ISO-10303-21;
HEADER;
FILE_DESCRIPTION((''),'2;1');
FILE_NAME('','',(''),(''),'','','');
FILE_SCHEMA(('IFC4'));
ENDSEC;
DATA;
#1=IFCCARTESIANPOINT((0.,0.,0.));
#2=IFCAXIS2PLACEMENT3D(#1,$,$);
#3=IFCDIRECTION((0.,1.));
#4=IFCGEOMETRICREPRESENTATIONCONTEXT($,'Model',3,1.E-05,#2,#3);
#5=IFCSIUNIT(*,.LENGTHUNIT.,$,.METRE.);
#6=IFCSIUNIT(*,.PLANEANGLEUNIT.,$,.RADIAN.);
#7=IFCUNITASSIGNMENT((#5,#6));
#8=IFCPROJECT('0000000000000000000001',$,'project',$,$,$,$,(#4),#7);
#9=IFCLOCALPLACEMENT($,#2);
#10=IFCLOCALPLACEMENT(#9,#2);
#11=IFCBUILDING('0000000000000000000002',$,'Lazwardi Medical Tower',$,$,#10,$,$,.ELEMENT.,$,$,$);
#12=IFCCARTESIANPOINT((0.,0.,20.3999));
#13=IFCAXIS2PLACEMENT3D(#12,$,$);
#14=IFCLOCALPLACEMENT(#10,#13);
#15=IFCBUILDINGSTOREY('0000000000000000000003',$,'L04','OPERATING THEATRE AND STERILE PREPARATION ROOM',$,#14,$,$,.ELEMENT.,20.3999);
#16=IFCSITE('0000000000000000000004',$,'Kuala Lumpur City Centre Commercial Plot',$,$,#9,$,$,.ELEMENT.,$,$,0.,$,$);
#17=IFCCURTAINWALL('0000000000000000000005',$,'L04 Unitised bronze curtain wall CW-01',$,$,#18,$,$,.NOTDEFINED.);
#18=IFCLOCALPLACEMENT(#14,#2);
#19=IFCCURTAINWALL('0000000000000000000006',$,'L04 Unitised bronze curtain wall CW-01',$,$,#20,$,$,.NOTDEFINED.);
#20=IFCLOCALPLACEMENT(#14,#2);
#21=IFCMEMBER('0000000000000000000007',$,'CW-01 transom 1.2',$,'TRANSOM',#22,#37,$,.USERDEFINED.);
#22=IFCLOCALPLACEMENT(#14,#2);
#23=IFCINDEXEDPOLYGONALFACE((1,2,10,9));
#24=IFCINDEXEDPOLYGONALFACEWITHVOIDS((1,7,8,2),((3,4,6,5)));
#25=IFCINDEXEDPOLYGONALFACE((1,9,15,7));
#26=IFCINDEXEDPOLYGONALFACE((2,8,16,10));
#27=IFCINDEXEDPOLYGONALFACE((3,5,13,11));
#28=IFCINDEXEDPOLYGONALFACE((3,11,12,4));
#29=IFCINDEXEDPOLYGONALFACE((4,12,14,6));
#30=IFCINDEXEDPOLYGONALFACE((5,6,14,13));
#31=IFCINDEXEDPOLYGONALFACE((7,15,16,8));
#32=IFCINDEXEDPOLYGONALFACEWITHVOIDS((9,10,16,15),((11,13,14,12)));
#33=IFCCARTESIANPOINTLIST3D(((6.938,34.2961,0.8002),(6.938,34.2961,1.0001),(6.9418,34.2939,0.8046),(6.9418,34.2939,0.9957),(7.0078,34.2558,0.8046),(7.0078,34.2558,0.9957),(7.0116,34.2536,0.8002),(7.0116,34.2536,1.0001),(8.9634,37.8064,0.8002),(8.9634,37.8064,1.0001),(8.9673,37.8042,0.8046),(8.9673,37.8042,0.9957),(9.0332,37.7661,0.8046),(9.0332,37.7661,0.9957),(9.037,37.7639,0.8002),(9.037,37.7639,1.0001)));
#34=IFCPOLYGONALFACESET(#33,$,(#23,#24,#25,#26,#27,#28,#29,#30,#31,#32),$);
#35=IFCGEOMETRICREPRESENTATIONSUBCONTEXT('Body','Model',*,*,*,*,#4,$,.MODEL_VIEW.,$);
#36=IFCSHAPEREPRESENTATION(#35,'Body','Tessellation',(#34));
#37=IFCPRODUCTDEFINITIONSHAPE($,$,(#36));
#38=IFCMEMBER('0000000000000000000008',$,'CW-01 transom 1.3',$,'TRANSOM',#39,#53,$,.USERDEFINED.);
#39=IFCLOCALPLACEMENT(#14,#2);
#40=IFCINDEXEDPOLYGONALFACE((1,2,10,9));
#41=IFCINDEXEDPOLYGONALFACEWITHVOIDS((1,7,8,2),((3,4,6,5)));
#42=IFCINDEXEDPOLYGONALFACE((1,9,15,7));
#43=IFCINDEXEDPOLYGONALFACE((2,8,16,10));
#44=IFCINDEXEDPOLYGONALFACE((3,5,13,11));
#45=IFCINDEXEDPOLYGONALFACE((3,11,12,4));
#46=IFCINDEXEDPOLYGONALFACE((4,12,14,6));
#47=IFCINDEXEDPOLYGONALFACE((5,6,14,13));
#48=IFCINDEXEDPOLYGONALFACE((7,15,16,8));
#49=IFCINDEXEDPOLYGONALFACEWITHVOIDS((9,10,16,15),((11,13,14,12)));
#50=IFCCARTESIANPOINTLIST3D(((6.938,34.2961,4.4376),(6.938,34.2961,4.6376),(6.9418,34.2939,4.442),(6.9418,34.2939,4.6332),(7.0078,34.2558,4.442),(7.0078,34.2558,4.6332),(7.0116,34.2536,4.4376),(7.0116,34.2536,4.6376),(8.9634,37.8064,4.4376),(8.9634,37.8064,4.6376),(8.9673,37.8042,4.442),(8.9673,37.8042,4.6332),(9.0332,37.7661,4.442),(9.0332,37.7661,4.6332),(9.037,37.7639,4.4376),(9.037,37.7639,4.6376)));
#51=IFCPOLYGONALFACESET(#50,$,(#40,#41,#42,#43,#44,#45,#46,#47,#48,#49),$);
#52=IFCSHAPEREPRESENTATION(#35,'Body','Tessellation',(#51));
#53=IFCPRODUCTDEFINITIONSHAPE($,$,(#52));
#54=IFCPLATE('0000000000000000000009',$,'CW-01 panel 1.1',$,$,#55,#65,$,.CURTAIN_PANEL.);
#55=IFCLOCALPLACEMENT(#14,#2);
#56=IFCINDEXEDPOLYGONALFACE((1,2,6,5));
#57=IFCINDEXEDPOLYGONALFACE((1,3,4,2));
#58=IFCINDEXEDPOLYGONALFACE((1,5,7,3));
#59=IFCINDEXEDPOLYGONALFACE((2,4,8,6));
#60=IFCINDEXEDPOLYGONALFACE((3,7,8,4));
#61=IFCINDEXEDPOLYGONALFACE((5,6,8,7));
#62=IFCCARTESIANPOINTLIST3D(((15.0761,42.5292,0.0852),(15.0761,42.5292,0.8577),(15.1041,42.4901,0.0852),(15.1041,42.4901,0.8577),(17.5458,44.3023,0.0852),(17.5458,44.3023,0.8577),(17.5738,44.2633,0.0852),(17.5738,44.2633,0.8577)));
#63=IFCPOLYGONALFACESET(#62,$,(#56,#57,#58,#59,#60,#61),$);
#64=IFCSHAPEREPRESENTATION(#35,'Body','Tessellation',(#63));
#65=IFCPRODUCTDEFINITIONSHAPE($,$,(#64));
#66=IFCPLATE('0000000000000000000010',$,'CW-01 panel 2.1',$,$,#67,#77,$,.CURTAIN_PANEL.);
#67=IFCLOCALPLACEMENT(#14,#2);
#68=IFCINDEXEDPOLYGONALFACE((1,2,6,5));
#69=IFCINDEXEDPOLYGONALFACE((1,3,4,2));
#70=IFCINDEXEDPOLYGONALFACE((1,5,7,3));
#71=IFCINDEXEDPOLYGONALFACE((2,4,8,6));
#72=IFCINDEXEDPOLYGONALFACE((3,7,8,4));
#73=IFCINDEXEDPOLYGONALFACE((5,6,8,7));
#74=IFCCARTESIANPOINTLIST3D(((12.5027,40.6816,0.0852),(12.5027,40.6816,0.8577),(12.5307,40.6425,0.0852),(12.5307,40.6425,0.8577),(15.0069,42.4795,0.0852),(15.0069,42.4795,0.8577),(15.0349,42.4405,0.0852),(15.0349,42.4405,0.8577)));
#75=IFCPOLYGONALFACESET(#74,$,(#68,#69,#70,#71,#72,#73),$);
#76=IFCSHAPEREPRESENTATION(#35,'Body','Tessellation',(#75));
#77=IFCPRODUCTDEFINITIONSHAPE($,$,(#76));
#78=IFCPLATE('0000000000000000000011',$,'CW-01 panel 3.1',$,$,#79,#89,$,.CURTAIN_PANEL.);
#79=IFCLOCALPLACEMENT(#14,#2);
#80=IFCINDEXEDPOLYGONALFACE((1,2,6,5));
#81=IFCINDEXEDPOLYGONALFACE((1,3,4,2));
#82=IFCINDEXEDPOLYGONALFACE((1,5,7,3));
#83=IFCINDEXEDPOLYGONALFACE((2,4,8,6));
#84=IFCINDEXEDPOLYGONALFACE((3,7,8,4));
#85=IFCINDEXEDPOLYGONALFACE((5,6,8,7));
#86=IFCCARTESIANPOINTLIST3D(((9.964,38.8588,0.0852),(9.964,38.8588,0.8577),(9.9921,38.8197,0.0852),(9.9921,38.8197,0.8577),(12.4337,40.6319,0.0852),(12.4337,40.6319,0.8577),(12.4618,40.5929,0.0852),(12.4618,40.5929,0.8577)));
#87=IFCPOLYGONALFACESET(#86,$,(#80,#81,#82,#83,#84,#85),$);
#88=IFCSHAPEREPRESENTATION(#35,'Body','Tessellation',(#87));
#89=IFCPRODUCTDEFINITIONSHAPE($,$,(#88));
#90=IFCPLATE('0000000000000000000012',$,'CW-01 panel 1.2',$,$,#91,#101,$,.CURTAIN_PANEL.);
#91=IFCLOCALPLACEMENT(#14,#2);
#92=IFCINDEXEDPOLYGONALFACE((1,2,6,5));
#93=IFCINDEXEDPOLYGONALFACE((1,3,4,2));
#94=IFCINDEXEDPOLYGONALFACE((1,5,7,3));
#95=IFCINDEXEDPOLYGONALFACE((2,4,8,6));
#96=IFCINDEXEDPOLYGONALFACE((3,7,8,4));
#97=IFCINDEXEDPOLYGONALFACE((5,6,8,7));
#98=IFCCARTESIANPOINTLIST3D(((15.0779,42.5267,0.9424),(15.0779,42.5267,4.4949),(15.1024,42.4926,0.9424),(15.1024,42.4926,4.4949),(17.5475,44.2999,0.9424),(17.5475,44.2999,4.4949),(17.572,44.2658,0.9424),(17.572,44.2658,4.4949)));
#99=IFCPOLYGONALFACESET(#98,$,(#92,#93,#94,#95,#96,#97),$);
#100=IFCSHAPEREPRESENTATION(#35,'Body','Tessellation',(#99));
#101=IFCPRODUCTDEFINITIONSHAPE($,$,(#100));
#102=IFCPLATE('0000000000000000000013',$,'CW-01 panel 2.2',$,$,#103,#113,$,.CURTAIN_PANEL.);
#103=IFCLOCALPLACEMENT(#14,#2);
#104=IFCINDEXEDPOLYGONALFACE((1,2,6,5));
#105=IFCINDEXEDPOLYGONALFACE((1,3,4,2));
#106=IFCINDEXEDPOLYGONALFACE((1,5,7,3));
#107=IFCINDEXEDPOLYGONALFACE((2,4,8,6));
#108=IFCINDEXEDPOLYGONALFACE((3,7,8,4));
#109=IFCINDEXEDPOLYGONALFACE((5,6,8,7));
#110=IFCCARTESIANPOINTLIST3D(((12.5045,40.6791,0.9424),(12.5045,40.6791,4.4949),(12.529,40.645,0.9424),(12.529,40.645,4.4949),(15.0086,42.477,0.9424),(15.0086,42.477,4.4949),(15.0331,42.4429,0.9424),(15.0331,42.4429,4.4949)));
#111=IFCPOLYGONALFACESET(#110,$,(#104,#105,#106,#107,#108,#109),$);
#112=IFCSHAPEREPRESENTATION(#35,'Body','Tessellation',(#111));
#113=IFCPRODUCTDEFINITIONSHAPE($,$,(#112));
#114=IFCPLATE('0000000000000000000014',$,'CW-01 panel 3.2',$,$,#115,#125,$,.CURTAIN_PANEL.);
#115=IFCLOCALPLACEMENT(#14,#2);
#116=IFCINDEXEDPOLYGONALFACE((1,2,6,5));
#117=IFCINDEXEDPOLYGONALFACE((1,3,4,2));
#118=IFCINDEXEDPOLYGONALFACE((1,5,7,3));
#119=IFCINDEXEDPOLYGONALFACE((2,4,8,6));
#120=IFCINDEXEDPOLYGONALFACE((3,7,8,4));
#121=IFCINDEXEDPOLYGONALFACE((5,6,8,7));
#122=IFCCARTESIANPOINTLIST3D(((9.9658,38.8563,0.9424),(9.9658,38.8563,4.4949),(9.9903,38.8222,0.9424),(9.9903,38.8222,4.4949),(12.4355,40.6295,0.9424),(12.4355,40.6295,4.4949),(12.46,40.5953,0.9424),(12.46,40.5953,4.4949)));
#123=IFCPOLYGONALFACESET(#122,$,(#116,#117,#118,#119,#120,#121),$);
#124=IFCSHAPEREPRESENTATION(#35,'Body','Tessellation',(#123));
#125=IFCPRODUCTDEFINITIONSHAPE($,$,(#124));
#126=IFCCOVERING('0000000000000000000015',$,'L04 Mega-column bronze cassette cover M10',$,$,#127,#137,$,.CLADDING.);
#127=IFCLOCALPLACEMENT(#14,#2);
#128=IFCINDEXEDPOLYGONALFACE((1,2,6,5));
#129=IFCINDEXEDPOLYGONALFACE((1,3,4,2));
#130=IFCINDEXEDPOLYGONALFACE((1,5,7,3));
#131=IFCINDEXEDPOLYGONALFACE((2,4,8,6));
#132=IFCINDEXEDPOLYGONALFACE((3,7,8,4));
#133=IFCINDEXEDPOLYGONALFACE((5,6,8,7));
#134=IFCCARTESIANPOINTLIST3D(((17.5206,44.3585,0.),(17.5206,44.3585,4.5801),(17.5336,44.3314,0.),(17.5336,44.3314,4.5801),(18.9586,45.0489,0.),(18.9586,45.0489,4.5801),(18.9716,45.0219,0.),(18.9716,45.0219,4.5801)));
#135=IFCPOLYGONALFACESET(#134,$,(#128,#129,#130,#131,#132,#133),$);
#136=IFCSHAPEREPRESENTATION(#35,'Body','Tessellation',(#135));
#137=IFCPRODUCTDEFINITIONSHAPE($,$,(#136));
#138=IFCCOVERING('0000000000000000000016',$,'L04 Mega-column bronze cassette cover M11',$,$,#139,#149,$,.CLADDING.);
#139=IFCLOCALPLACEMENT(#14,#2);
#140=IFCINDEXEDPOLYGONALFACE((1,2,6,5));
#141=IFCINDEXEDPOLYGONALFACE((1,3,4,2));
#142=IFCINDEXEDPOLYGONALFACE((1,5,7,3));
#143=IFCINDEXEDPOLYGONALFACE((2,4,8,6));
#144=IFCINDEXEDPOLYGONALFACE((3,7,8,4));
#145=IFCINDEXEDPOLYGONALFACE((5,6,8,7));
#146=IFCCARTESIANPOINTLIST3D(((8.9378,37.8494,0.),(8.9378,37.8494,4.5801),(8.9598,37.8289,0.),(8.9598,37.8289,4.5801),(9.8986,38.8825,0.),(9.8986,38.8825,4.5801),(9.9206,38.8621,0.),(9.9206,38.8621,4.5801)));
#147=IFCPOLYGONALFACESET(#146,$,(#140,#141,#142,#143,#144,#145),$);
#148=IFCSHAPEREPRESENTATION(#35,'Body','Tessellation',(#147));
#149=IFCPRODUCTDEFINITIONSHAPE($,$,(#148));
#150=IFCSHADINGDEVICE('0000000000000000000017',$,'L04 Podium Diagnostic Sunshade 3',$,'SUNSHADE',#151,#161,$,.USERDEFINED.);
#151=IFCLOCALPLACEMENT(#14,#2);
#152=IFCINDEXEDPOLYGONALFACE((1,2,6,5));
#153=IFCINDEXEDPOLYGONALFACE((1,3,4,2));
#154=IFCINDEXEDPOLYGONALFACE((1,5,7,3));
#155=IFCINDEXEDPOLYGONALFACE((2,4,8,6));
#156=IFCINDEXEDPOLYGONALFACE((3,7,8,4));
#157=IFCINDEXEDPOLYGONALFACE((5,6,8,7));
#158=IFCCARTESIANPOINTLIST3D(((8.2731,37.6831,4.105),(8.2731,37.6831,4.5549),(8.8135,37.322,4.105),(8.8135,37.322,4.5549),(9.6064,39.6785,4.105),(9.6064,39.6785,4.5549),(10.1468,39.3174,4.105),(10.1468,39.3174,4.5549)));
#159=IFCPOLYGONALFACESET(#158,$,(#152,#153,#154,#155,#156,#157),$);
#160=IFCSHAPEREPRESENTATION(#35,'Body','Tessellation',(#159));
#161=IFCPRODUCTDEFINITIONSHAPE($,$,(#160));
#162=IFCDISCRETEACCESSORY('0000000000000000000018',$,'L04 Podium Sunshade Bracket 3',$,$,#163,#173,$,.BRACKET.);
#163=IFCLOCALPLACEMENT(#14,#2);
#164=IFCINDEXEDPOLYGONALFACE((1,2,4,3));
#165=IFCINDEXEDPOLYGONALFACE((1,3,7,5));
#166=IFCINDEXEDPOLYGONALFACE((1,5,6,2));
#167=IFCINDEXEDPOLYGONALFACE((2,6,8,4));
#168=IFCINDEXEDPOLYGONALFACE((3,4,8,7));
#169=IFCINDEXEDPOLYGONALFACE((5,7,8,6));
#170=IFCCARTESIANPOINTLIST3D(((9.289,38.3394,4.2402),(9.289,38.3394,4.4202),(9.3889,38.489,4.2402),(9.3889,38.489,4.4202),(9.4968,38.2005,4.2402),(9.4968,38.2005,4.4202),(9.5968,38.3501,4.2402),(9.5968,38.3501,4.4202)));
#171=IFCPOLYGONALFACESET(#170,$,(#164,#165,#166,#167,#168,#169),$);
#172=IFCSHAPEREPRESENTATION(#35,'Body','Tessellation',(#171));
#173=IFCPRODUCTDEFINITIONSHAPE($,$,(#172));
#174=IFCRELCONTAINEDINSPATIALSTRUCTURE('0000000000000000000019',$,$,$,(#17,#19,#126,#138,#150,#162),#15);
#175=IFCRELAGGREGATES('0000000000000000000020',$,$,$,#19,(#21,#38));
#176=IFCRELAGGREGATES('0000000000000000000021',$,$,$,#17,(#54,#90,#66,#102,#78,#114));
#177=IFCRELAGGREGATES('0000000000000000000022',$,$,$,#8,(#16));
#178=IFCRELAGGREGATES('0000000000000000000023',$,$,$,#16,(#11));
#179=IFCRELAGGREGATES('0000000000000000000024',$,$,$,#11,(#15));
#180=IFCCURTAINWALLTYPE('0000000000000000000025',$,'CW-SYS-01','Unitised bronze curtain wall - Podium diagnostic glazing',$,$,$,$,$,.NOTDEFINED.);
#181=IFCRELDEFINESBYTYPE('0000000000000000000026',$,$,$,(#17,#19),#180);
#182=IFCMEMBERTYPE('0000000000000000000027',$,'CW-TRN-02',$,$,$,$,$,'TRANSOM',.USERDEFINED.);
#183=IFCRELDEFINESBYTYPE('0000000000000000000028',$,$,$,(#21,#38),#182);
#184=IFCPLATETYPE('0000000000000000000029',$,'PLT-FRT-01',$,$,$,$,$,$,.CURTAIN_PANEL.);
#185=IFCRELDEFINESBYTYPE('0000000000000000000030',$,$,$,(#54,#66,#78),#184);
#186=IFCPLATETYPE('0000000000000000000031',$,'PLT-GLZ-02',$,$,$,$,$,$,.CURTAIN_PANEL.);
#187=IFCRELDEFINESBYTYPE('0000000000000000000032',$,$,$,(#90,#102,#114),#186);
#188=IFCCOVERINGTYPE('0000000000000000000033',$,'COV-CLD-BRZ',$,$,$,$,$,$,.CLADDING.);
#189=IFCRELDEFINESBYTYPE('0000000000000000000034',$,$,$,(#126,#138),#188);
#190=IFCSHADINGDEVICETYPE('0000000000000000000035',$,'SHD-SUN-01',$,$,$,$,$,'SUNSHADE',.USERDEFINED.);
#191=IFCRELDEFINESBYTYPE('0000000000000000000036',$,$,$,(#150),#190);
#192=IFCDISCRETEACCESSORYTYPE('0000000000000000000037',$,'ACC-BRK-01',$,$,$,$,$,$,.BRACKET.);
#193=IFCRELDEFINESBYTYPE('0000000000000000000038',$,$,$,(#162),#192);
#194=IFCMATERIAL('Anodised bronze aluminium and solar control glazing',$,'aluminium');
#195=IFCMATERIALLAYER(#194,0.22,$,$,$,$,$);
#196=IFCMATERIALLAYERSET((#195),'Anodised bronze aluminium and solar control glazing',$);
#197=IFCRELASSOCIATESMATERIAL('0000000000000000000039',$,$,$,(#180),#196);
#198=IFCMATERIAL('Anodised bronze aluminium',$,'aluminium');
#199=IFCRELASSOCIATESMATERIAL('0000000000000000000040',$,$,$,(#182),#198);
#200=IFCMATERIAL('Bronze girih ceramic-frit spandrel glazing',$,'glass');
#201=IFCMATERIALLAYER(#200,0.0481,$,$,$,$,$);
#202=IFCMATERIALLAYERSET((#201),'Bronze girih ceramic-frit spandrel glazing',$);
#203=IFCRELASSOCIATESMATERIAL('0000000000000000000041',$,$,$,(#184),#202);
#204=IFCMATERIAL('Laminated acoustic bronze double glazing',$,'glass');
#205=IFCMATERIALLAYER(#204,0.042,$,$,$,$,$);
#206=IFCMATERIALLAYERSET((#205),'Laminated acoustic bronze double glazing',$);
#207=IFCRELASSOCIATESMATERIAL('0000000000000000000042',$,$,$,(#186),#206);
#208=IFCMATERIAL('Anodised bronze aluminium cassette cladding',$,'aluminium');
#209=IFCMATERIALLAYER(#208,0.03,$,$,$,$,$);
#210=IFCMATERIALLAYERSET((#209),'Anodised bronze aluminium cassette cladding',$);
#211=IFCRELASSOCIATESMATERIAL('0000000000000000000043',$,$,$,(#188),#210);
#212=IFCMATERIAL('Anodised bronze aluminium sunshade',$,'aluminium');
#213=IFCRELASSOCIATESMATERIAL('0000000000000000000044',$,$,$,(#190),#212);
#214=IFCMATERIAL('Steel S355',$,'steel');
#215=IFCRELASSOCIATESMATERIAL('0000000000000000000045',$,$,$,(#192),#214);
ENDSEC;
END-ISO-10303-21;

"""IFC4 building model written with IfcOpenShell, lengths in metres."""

from ifc_helpers import new_model, si_unit, direction, frame, origin, origin_2d, place, context, subcontext, project, spatial, rectangle, hollow_rectangle, extrude, material, layer, layer_set, material_profile, profile_set, type_object, element, aggregate, save


model = new_model("IFC4")

# Units and contexts
model_context = context("Model", 3, precision=1e-05, world=origin(), true_north=direction((0.0, 1.0)))
body_context = subcontext(model_context, "Body", "Model", "MODEL_VIEW")
ifc_project = project(units=[si_unit("LENGTHUNIT", "METRE"), si_unit("PLANEANGLEUNIT", "RADIAN")], contexts=[model_context])

# Site, building, storey
site_placement = place(None, origin())
site = spatial("IfcSite", under=ifc_project, at=site_placement, Name="Kuala Lumpur City Centre Commercial Plot", CompositionType="ELEMENT", RefElevation=0.0)
building_placement = place(site_placement, origin())
building = spatial("IfcBuilding", under=site, at=building_placement, Name="Lazwardi Medical Tower", CompositionType="ELEMENT")
storey_placement = place(building_placement, frame((0.0, 0.0, 20.3999)))
storey = spatial("IfcBuildingStorey", under=building, at=storey_placement, Name="L04", Description="OPERATING THEATRE AND STERILE PREPARATION ROOM", CompositionType="ELEMENT", Elevation=20.3999)

# Shared definitions
ifc_material_1 = material(Name="Steel S355", Category="steel")

# Shared definitions
ifc_material_2 = material(Name="Anodised bronze aluminium and solar control glazing", Category="aluminium")
ifc_layer_1 = layer(ifc_material_2, 0.22)
ifc_layer_set_1 = layer_set([ifc_layer_1], Name="Anodised bronze aluminium and solar control glazing")
curtain_wall_type = type_object("IfcCurtainWallType", Name="CW-SYS-01", Description="Unitised bronze curtain wall - Podium diagnostic glazing", PredefinedType="NOTDEFINED", material=ifc_layer_set_1)
ifc_material_3 = material(Name="Anodised bronze aluminium", Category="aluminium")

# Curtain wall
curtain_wall_1_placement = place(storey_placement, origin())
curtain_wall_1 = element("IfcCurtainWall", 1, at=curtain_wall_1_placement, inside=storey, type_object=curtain_wall_type, Name="L04 Unitised bronze curtain wall CW-01", PredefinedType="NOTDEFINED")

# Curtain wall
curtain_wall_2_placement = place(storey_placement, origin())
curtain_wall_2 = element("IfcCurtainWall", 2, at=curtain_wall_2_placement, inside=storey, type_object=curtain_wall_type, Name="L04 Unitised bronze curtain wall CW-01", PredefinedType="NOTDEFINED")

# Members
ifc_material_profile_1 = material_profile(ifc_material_3, hollow_rectangle(XDim=0.085, YDim=0.2, WallThickness=0.0044, at=origin_2d()), Name="ALU-TRANSOM 200x85x4.5")
ifc_profile_set_1 = profile_set([ifc_material_profile_1], Name="Anodised bronze aluminium")
member_type_1 = type_object("IfcMemberType", Name="CW-TRN-02", ElementType="TRANSOM", PredefinedType="USERDEFINED", material=ifc_profile_set_1)
member_1_placement = place(storey_placement, frame((9.0002, 37.7852, 0.9001), z_axis=(-0.499768, -0.86616, 0.0), x_axis=(0.86616, -0.499768, 0.0)))
member_1 = element("IfcMember", 3, at=member_1_placement, type_object=member_type_1, Name="CW-01 transom 1.2", ObjectType="TRANSOM", PredefinedType="USERDEFINED", context=body_context, shape_type="SweptSolid", body=[
    extrude(hollow_rectangle(XDim=0.085, YDim=0.2, WallThickness=0.0044, at=origin_2d()), origin(), (0.0, 0.0, 1.0), 4.0527),
])
member_2_placement = place(storey_placement, frame((9.0002, 37.7852, 4.5376), z_axis=(-0.499768, -0.86616, 0.0), x_axis=(0.86616, -0.499768, 0.0)))
member_2 = element("IfcMember", 4, at=member_2_placement, type_object=member_type_1, Name="CW-01 transom 1.3", ObjectType="TRANSOM", PredefinedType="USERDEFINED", context=body_context, shape_type="SweptSolid", body=[
    extrude(hollow_rectangle(XDim=0.085, YDim=0.2, WallThickness=0.0044, at=origin_2d()), origin(), (0.0, 0.0, 1.0), 4.0527),
])
aggregate(curtain_wall_2, [member_1, member_2])

# Plates
ifc_material_4 = material(Name="Bronze girih ceramic-frit spandrel glazing", Category="glass")
ifc_layer_2 = layer(ifc_material_4, 0.0481)
ifc_layer_set_2 = layer_set([ifc_layer_2], Name="Bronze girih ceramic-frit spandrel glazing")
plate_type_1 = type_object("IfcPlateType", Name="PLT-FRT-01", PredefinedType="CURTAIN_PANEL", material=ifc_layer_set_2)
plate_1_placement = place(storey_placement, frame((16.325, 43.3962, 0.0852), z_axis=(0.0, 0.0, 1.0), x_axis=(-0.812318, -0.583214, 0.0)))
plate_1 = element("IfcPlate", 5, at=plate_1_placement, type_object=plate_type_1, Name="CW-01 panel 1.1", PredefinedType="CURTAIN_PANEL", context=body_context, shape_type="SweptSolid", body=[
    extrude(rectangle(XDim=3.0403, YDim=0.0481, at=origin_2d()), origin(), (0.0, 0.0, 1.0), 0.7725),
])
plate_2_placement = place(storey_placement, frame((13.7688, 41.561, 0.0852), z_axis=(0.0, 0.0, 1.0), x_axis=(-0.812318, -0.583214, 0.0)))
plate_2 = element("IfcPlate", 6, at=plate_2_placement, type_object=plate_type_1, Name="CW-01 panel 2.1", PredefinedType="CURTAIN_PANEL", context=body_context, shape_type="SweptSolid", body=[
    extrude(rectangle(XDim=3.0828, YDim=0.0481, at=origin_2d()), origin(), (0.0, 0.0, 1.0), 0.7725),
])
plate_3_placement = place(storey_placement, frame((11.2129, 39.7258, 0.0852), z_axis=(0.0, 0.0, 1.0), x_axis=(-0.812318, -0.583214, 0.0)))
plate_3 = element("IfcPlate", 7, at=plate_3_placement, type_object=plate_type_1, Name="CW-01 panel 3.1", PredefinedType="CURTAIN_PANEL", context=body_context, shape_type="SweptSolid", body=[
    extrude(rectangle(XDim=3.0403, YDim=0.0481, at=origin_2d()), origin(), (0.0, 0.0, 1.0), 0.7725),
])
ifc_material_5 = material(Name="Laminated acoustic bronze double glazing", Category="glass")
ifc_layer_3 = layer(ifc_material_5, 0.042)
ifc_layer_set_3 = layer_set([ifc_layer_3], Name="Laminated acoustic bronze double glazing")
plate_type_2 = type_object("IfcPlateType", Name="PLT-GLZ-02", PredefinedType="CURTAIN_PANEL", material=ifc_layer_set_3)
plate_4_placement = place(storey_placement, frame((16.325, 43.3962, 0.9424), z_axis=(0.0, 0.0, 1.0), x_axis=(-0.812318, -0.583214, 0.0)))
plate_4 = element("IfcPlate", 8, at=plate_4_placement, type_object=plate_type_2, Name="CW-01 panel 1.2", PredefinedType="CURTAIN_PANEL", context=body_context, shape_type="SweptSolid", body=[
    extrude(rectangle(XDim=3.0403, YDim=0.042, at=origin_2d()), origin(), (0.0, 0.0, 1.0), 3.5525),
])
plate_5_placement = place(storey_placement, frame((13.7688, 41.561, 0.9424), z_axis=(0.0, 0.0, 1.0), x_axis=(-0.812318, -0.583214, 0.0)))
plate_5 = element("IfcPlate", 9, at=plate_5_placement, type_object=plate_type_2, Name="CW-01 panel 2.2", PredefinedType="CURTAIN_PANEL", context=body_context, shape_type="SweptSolid", body=[
    extrude(rectangle(XDim=3.0828, YDim=0.042, at=origin_2d()), origin(), (0.0, 0.0, 1.0), 3.5525),
])
plate_6_placement = place(storey_placement, frame((11.2129, 39.7258, 0.9424), z_axis=(0.0, 0.0, 1.0), x_axis=(-0.812318, -0.583214, 0.0)))
plate_6 = element("IfcPlate", 10, at=plate_6_placement, type_object=plate_type_2, Name="CW-01 panel 3.2", PredefinedType="CURTAIN_PANEL", context=body_context, shape_type="SweptSolid", body=[
    extrude(rectangle(XDim=3.0403, YDim=0.042, at=origin_2d()), origin(), (0.0, 0.0, 1.0), 3.5525),
])
aggregate(curtain_wall_1, [plate_1, plate_4, plate_2, plate_5, plate_3, plate_6])

# Coverings
ifc_material_6 = material(Name="Anodised bronze aluminium cassette cladding", Category="aluminium")
ifc_layer_4 = layer(ifc_material_6, 0.03)
ifc_layer_set_4 = layer_set([ifc_layer_4], Name="Anodised bronze aluminium cassette cladding")
covering_type = type_object("IfcCoveringType", Name="COV-CLD-BRZ", PredefinedType="CLADDING", material=ifc_layer_set_4)
covering_1_placement = place(storey_placement, frame((18.2461, 44.6902, 0.0), z_axis=(0.0, 0.0, 1.0), x_axis=(-0.901484, -0.432813, 0.0)))
element("IfcCovering", 11, at=covering_1_placement, inside=storey, type_object=covering_type, Name="L04 Mega-column bronze cassette cover M10", PredefinedType="CLADDING", context=body_context, shape_type="SweptSolid", body=[
    extrude(rectangle(XDim=1.5952, YDim=0.03, at=origin_2d()), origin(), (0.0, 0.0, 1.0), 4.5801),
])
covering_2_placement = place(storey_placement, frame((9.4292, 38.3557, 0.0), z_axis=(0.0, 0.0, 1.0), x_axis=(-0.681019, -0.732266, 0.0)))
element("IfcCovering", 12, at=covering_2_placement, inside=storey, type_object=covering_type, Name="L04 Mega-column bronze cassette cover M11", PredefinedType="CLADDING", context=body_context, shape_type="SweptSolid", body=[
    extrude(rectangle(XDim=1.4109, YDim=0.03, at=origin_2d()), origin(), (0.0, 0.0, 1.0), 4.5801),
])

# Shading device
ifc_material_7 = material(Name="Anodised bronze aluminium sunshade", Category="aluminium")
shading_device_type = type_object("IfcShadingDeviceType", Name="SHD-SUN-01", ElementType="SUNSHADE", PredefinedType="USERDEFINED", material=ifc_material_7)
shading_device_placement = place(storey_placement, frame((9.21, 38.5002, 4.105), z_axis=(0.0, 0.0, 1.0), x_axis=(-0.55557, -0.83147, 0.0)))
element("IfcShadingDevice", 13, at=shading_device_placement, inside=storey, type_object=shading_device_type, Name="L04 Podium Diagnostic Sunshade 3", ObjectType="SUNSHADE", PredefinedType="USERDEFINED", context=body_context, shape_type="SweptSolid", body=[
    extrude(rectangle(XDim=2.3999, YDim=0.6499, at=origin_2d()), origin(), (0.0, 0.0, 1.0), 0.45),
])

# Discrete accessory
discrete_accessory_type = type_object("IfcDiscreteAccessoryType", Name="ACC-BRK-01", PredefinedType="BRACKET", material=ifc_material_1)
discrete_accessory_placement = place(storey_placement, frame((9.4429, 38.3447, 4.2402), z_axis=(0.0, 0.0, 1.0), x_axis=(-0.55557, -0.83147, 0.0)))
element("IfcDiscreteAccessory", 14, at=discrete_accessory_placement, inside=storey, type_object=discrete_accessory_type, Name="L04 Podium Sunshade Bracket 3", PredefinedType="BRACKET", context=body_context, shape_type="SweptSolid", body=[
    extrude(rectangle(XDim=0.1799, YDim=0.25, at=origin_2d()), origin(), (0.0, 0.0, 1.0), 0.1799),
])

save(model, "model.ifc")
